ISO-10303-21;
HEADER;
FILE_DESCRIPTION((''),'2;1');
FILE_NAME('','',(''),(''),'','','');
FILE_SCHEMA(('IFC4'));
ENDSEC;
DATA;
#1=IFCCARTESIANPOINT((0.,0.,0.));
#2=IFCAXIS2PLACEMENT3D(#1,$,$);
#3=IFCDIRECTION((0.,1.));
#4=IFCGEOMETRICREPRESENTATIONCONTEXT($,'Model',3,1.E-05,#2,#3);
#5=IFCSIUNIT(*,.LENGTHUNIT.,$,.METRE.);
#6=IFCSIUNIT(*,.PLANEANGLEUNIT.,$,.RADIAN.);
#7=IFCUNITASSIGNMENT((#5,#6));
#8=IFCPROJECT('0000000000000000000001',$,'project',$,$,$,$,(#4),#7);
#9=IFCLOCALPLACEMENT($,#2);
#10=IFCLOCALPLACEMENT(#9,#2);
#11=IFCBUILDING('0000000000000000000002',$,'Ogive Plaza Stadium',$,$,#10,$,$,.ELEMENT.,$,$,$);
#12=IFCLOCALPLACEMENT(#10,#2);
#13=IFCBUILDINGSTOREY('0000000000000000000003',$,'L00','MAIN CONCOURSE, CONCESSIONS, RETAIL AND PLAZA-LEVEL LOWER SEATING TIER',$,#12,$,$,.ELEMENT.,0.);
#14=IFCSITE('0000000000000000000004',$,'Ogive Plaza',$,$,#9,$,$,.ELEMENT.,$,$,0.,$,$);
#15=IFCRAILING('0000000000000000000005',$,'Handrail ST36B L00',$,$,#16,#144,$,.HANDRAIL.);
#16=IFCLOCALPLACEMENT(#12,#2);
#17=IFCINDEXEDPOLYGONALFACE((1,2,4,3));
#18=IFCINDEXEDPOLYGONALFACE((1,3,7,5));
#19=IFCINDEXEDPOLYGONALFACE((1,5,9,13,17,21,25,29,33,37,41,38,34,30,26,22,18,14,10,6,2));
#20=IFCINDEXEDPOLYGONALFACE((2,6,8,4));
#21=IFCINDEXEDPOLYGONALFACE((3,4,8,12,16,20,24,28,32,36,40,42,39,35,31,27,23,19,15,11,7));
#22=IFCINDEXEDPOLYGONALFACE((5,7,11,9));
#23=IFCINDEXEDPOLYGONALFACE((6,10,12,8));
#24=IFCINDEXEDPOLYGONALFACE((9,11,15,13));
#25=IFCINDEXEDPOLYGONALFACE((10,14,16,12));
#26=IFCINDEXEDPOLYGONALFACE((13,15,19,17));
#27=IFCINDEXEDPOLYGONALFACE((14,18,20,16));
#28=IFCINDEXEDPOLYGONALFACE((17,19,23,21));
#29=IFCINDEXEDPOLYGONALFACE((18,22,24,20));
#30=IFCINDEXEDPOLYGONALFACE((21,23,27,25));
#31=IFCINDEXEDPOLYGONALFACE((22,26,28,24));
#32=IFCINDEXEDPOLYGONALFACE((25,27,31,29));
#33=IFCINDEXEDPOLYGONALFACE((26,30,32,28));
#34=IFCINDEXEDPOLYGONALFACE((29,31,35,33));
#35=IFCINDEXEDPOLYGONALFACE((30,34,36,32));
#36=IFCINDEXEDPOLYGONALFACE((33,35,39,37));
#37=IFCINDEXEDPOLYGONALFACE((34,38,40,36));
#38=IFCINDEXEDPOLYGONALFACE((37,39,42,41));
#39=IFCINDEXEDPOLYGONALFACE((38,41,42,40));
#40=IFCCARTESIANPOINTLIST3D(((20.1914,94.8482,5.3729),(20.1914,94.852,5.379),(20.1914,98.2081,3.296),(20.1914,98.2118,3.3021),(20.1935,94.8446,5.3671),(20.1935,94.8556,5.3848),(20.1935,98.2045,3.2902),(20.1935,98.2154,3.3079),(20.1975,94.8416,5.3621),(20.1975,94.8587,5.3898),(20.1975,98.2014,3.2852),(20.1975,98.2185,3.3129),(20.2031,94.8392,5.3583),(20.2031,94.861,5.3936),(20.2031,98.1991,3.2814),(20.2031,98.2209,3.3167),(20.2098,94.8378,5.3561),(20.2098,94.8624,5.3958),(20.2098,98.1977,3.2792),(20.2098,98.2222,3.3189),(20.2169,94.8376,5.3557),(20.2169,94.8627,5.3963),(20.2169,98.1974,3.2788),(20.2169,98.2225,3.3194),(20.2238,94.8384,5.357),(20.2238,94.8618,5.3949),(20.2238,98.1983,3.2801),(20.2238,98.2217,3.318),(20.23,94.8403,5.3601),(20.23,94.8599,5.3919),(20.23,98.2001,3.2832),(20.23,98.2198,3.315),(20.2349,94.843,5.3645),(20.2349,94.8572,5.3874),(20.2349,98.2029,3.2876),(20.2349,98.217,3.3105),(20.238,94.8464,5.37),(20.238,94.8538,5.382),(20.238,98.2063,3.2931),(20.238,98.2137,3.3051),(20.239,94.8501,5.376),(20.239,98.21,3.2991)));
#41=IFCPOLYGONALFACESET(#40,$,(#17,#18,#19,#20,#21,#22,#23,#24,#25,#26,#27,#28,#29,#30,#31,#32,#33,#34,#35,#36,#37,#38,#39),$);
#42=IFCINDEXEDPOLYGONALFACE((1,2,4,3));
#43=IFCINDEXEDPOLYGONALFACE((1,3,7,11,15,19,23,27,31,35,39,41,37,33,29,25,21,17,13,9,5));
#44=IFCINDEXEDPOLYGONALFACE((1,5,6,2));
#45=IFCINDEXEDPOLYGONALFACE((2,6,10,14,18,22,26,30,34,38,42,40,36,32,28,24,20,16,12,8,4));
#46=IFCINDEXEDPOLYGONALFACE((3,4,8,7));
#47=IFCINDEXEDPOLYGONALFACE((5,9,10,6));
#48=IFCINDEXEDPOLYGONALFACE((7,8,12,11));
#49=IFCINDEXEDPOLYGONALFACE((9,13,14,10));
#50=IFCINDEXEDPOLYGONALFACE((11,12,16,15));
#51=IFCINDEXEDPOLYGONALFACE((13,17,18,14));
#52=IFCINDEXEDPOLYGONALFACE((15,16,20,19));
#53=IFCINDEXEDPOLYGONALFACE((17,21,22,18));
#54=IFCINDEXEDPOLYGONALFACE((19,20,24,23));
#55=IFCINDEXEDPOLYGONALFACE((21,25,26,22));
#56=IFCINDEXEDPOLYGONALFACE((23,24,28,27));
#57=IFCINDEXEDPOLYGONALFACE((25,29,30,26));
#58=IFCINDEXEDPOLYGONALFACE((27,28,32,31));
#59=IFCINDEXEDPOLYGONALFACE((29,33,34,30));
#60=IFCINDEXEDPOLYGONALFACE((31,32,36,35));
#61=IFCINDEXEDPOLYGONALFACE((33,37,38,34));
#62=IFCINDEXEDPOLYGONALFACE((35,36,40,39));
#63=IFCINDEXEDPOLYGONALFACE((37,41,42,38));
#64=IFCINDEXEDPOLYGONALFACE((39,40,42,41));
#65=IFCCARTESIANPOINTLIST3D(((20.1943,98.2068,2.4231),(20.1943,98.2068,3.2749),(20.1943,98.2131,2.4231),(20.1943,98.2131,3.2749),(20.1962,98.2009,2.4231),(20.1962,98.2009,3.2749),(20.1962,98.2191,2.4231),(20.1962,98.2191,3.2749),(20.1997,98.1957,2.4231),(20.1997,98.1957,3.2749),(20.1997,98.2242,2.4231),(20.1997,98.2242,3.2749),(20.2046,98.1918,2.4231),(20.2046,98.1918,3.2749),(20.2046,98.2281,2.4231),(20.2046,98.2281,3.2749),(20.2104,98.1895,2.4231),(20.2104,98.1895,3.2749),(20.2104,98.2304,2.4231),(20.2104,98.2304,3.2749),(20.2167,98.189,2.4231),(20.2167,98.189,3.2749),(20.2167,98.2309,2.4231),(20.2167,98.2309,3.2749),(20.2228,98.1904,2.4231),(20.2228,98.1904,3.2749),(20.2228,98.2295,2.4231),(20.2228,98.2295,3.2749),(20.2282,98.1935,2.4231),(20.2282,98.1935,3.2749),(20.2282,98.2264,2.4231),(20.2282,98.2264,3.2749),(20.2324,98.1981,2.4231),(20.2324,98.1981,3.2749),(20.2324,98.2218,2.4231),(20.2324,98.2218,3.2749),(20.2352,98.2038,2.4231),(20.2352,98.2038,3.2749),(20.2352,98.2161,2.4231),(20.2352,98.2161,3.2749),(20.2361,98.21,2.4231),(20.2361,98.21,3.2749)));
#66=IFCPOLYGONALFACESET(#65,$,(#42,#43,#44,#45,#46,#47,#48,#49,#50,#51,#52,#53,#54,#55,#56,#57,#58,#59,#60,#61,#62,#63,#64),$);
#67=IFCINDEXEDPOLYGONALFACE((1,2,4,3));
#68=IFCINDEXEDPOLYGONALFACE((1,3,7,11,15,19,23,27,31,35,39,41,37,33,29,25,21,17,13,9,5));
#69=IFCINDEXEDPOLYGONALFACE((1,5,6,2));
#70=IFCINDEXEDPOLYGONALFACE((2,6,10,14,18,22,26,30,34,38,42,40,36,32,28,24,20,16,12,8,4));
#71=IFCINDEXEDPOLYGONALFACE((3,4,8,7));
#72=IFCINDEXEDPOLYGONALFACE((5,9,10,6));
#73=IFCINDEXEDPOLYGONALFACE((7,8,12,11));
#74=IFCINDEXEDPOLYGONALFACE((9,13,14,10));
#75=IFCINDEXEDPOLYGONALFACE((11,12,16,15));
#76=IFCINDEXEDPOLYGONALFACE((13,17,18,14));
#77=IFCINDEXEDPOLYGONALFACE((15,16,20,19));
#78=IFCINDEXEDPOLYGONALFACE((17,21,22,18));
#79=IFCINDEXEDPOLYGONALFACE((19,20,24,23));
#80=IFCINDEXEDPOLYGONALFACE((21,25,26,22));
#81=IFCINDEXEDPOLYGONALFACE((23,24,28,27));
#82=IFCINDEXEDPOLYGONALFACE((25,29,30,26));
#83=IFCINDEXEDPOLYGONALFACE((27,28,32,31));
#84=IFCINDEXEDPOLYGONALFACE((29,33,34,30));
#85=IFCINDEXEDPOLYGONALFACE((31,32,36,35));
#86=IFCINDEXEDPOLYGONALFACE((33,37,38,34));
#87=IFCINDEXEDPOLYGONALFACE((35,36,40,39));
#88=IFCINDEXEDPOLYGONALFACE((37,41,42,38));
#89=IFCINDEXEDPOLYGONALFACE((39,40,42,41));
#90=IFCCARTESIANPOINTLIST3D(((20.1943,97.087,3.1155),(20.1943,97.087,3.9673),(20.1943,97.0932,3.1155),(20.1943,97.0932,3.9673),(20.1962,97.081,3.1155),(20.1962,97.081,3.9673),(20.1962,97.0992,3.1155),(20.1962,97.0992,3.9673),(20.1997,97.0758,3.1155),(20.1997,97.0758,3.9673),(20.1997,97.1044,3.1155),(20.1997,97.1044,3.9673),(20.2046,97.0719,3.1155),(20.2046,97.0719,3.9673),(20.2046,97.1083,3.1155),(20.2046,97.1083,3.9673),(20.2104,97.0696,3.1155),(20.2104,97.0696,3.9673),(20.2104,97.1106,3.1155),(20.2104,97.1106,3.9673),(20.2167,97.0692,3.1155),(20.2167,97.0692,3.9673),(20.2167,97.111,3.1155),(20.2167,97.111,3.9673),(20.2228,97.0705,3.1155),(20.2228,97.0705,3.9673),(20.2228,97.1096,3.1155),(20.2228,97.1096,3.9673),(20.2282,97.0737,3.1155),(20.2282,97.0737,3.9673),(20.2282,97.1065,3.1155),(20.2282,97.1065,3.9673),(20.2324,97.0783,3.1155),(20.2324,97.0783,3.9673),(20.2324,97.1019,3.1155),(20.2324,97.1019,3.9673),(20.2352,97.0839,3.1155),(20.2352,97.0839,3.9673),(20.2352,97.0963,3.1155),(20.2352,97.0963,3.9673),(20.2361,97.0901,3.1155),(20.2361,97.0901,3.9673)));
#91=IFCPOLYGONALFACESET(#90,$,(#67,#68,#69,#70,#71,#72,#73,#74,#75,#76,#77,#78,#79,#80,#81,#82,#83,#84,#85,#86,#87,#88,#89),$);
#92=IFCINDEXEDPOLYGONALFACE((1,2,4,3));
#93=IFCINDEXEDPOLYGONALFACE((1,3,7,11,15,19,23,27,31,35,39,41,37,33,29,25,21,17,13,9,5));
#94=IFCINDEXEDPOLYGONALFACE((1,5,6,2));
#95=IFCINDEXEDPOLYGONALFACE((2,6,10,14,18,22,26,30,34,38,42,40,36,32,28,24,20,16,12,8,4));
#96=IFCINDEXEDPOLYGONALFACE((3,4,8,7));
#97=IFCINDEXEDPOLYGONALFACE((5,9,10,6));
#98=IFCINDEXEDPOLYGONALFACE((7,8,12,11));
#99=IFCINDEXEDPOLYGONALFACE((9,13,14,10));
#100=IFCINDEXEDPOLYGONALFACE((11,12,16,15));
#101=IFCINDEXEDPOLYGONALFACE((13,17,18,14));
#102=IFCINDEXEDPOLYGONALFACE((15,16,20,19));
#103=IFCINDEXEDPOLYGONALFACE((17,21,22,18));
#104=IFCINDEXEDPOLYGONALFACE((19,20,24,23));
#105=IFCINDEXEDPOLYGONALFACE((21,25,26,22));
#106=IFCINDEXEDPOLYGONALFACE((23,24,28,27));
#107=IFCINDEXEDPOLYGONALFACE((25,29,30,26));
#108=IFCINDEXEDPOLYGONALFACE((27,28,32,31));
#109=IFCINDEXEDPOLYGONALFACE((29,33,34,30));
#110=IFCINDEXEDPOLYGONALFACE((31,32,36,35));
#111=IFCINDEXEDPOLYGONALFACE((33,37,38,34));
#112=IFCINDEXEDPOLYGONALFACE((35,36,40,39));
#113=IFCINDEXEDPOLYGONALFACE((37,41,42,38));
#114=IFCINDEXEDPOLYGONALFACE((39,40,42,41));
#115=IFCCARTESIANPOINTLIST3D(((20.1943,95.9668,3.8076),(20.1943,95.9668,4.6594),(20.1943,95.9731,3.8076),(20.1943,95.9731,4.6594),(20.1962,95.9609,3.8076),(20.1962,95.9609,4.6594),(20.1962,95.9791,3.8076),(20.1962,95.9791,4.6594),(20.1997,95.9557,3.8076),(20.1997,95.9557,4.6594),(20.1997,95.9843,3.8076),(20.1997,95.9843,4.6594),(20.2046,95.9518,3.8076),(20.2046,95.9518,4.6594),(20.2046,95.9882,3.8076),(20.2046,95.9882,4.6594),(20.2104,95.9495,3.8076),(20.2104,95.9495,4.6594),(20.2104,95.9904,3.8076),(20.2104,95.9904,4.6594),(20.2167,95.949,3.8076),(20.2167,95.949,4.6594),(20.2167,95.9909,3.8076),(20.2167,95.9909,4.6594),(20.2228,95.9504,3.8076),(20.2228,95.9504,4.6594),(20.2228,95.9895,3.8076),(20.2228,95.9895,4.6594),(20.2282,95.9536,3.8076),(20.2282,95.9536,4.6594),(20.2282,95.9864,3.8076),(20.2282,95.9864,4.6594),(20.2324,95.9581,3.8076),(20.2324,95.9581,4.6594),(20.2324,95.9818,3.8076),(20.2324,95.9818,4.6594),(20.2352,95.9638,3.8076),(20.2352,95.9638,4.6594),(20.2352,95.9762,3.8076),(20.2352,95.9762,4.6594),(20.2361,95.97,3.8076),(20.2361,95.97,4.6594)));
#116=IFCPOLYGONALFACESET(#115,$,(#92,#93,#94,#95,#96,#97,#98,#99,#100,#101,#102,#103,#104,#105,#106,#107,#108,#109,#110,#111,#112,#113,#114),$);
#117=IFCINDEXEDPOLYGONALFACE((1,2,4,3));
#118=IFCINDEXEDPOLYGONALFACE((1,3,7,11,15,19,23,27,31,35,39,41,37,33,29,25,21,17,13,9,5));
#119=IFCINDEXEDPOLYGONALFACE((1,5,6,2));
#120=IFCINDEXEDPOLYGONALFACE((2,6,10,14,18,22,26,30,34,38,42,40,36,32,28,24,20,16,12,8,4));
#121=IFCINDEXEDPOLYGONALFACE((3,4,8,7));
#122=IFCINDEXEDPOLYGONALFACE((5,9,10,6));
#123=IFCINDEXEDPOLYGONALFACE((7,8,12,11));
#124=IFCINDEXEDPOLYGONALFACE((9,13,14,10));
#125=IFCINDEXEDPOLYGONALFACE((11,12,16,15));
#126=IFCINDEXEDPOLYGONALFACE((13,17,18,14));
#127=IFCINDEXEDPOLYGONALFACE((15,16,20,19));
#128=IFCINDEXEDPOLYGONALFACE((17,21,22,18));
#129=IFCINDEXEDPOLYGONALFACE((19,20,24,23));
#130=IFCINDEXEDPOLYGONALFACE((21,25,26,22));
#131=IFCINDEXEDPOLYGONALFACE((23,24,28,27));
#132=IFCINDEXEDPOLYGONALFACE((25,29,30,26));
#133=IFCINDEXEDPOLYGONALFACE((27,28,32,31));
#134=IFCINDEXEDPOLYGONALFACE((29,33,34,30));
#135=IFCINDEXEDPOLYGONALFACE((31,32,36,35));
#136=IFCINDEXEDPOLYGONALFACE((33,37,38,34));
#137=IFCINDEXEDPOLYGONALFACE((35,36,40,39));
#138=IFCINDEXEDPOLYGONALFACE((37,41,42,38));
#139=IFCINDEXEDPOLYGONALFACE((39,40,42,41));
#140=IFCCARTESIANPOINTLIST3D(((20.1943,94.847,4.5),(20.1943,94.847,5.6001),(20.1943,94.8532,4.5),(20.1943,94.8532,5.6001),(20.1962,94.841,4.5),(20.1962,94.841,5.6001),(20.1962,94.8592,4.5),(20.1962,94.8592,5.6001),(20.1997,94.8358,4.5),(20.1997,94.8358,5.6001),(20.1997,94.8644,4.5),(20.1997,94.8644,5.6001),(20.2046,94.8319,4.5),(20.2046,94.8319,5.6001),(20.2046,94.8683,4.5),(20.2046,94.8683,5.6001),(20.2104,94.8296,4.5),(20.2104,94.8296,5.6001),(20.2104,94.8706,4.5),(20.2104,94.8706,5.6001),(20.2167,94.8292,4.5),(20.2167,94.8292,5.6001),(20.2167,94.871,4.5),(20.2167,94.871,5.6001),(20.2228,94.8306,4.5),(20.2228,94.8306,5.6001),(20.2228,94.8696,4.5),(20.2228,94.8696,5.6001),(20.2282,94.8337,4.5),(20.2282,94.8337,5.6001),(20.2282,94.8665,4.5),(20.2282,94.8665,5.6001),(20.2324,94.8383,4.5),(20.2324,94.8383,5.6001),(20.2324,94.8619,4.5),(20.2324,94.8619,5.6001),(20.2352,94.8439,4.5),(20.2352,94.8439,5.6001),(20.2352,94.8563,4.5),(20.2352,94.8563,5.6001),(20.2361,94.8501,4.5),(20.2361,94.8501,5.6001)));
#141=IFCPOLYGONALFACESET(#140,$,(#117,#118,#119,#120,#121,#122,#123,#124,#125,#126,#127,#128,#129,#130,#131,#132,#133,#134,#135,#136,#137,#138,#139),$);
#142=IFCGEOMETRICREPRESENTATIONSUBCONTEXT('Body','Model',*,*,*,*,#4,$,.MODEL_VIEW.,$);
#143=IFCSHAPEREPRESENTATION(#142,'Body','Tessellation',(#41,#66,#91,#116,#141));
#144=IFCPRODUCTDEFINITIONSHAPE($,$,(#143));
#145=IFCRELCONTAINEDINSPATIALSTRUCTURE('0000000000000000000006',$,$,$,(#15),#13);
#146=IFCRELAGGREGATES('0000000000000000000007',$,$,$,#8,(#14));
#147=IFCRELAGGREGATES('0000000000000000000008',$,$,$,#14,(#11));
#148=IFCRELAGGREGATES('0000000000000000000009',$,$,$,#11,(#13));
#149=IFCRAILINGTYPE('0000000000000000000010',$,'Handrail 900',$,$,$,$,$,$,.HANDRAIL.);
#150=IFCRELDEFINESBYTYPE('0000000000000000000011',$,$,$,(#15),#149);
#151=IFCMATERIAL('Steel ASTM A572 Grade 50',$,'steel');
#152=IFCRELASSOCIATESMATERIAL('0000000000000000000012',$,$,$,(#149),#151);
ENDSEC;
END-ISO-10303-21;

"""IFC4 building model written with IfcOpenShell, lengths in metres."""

from ifc_helpers import new_model, si_unit, direction, frame, origin, origin_2d, place, context, subcontext, project, spatial, circle, extrude, material, type_object, element, save


model = new_model("IFC4")

# Units and contexts
model_context = context("Model", 3, precision=1e-05, world=origin(), true_north=direction((0.0, 1.0)))
body_context = subcontext(model_context, "Body", "Model", "MODEL_VIEW")
ifc_project = project(units=[si_unit("LENGTHUNIT", "METRE"), si_unit("PLANEANGLEUNIT", "RADIAN")], contexts=[model_context])

# Site, building, storey
site_placement = place(None, origin())
site = spatial("IfcSite", under=ifc_project, at=site_placement, Name="Ogive Plaza", CompositionType="ELEMENT", RefElevation=0.0)
building_placement = place(site_placement, origin())
building = spatial("IfcBuilding", under=site, at=building_placement, Name="Ogive Plaza Stadium", CompositionType="ELEMENT")
storey_placement = place(building_placement, origin())
storey = spatial("IfcBuildingStorey", under=building, at=storey_placement, Name="L00", Description="MAIN CONCOURSE, CONCESSIONS, RETAIL AND PLAZA-LEVEL LOWER SEATING TIER", CompositionType="ELEMENT", Elevation=0.0)

# Railing
ifc_material_1 = material(Name="Steel ASTM A572 Grade 50", Category="steel")
railing_type_1 = type_object("IfcRailingType", Name="Handrail 900", PredefinedType="HANDRAIL", material=ifc_material_1)
for number, where, name in (
    (1, (20.2151, 98.21, 2.4231), "Handrail ST36B L00"),
):
    element("IfcRailing", number, at=place(storey_placement, frame(where)), inside=storey, type_object=railing_type_1, Name=name, PredefinedType="HANDRAIL", context=body_context, shape_type="SweptSolid", body=[
        extrude(circle(Radius=0.0239, at=origin_2d()), frame((0.0, 0.0, 0.876), z_axis=(0.0, -0.850606, 0.525803), x_axis=(1.0, 0.0, 0.0)), (0.0, 0.0, 1.0), 3.95),
        extrude(circle(Radius=0.021, at=origin_2d()), origin(), (0.0, 0.0, 1.0), 0.8518),
        extrude(circle(Radius=0.021, at=origin_2d()), frame((0.0, -1.1199, 0.6924)), (0.0, 0.0, 1.0), 0.8518),
        extrude(circle(Radius=0.021, at=origin_2d()), frame((0.0, -2.24, 1.3845)), (0.0, 0.0, 1.0), 0.8518),
        extrude(circle(Radius=0.021, at=origin_2d()), frame((0.0, -3.3599, 2.0769)), (0.0, 0.0, 1.0), 1.1001),
    ])

save(model, "model.ifc")
